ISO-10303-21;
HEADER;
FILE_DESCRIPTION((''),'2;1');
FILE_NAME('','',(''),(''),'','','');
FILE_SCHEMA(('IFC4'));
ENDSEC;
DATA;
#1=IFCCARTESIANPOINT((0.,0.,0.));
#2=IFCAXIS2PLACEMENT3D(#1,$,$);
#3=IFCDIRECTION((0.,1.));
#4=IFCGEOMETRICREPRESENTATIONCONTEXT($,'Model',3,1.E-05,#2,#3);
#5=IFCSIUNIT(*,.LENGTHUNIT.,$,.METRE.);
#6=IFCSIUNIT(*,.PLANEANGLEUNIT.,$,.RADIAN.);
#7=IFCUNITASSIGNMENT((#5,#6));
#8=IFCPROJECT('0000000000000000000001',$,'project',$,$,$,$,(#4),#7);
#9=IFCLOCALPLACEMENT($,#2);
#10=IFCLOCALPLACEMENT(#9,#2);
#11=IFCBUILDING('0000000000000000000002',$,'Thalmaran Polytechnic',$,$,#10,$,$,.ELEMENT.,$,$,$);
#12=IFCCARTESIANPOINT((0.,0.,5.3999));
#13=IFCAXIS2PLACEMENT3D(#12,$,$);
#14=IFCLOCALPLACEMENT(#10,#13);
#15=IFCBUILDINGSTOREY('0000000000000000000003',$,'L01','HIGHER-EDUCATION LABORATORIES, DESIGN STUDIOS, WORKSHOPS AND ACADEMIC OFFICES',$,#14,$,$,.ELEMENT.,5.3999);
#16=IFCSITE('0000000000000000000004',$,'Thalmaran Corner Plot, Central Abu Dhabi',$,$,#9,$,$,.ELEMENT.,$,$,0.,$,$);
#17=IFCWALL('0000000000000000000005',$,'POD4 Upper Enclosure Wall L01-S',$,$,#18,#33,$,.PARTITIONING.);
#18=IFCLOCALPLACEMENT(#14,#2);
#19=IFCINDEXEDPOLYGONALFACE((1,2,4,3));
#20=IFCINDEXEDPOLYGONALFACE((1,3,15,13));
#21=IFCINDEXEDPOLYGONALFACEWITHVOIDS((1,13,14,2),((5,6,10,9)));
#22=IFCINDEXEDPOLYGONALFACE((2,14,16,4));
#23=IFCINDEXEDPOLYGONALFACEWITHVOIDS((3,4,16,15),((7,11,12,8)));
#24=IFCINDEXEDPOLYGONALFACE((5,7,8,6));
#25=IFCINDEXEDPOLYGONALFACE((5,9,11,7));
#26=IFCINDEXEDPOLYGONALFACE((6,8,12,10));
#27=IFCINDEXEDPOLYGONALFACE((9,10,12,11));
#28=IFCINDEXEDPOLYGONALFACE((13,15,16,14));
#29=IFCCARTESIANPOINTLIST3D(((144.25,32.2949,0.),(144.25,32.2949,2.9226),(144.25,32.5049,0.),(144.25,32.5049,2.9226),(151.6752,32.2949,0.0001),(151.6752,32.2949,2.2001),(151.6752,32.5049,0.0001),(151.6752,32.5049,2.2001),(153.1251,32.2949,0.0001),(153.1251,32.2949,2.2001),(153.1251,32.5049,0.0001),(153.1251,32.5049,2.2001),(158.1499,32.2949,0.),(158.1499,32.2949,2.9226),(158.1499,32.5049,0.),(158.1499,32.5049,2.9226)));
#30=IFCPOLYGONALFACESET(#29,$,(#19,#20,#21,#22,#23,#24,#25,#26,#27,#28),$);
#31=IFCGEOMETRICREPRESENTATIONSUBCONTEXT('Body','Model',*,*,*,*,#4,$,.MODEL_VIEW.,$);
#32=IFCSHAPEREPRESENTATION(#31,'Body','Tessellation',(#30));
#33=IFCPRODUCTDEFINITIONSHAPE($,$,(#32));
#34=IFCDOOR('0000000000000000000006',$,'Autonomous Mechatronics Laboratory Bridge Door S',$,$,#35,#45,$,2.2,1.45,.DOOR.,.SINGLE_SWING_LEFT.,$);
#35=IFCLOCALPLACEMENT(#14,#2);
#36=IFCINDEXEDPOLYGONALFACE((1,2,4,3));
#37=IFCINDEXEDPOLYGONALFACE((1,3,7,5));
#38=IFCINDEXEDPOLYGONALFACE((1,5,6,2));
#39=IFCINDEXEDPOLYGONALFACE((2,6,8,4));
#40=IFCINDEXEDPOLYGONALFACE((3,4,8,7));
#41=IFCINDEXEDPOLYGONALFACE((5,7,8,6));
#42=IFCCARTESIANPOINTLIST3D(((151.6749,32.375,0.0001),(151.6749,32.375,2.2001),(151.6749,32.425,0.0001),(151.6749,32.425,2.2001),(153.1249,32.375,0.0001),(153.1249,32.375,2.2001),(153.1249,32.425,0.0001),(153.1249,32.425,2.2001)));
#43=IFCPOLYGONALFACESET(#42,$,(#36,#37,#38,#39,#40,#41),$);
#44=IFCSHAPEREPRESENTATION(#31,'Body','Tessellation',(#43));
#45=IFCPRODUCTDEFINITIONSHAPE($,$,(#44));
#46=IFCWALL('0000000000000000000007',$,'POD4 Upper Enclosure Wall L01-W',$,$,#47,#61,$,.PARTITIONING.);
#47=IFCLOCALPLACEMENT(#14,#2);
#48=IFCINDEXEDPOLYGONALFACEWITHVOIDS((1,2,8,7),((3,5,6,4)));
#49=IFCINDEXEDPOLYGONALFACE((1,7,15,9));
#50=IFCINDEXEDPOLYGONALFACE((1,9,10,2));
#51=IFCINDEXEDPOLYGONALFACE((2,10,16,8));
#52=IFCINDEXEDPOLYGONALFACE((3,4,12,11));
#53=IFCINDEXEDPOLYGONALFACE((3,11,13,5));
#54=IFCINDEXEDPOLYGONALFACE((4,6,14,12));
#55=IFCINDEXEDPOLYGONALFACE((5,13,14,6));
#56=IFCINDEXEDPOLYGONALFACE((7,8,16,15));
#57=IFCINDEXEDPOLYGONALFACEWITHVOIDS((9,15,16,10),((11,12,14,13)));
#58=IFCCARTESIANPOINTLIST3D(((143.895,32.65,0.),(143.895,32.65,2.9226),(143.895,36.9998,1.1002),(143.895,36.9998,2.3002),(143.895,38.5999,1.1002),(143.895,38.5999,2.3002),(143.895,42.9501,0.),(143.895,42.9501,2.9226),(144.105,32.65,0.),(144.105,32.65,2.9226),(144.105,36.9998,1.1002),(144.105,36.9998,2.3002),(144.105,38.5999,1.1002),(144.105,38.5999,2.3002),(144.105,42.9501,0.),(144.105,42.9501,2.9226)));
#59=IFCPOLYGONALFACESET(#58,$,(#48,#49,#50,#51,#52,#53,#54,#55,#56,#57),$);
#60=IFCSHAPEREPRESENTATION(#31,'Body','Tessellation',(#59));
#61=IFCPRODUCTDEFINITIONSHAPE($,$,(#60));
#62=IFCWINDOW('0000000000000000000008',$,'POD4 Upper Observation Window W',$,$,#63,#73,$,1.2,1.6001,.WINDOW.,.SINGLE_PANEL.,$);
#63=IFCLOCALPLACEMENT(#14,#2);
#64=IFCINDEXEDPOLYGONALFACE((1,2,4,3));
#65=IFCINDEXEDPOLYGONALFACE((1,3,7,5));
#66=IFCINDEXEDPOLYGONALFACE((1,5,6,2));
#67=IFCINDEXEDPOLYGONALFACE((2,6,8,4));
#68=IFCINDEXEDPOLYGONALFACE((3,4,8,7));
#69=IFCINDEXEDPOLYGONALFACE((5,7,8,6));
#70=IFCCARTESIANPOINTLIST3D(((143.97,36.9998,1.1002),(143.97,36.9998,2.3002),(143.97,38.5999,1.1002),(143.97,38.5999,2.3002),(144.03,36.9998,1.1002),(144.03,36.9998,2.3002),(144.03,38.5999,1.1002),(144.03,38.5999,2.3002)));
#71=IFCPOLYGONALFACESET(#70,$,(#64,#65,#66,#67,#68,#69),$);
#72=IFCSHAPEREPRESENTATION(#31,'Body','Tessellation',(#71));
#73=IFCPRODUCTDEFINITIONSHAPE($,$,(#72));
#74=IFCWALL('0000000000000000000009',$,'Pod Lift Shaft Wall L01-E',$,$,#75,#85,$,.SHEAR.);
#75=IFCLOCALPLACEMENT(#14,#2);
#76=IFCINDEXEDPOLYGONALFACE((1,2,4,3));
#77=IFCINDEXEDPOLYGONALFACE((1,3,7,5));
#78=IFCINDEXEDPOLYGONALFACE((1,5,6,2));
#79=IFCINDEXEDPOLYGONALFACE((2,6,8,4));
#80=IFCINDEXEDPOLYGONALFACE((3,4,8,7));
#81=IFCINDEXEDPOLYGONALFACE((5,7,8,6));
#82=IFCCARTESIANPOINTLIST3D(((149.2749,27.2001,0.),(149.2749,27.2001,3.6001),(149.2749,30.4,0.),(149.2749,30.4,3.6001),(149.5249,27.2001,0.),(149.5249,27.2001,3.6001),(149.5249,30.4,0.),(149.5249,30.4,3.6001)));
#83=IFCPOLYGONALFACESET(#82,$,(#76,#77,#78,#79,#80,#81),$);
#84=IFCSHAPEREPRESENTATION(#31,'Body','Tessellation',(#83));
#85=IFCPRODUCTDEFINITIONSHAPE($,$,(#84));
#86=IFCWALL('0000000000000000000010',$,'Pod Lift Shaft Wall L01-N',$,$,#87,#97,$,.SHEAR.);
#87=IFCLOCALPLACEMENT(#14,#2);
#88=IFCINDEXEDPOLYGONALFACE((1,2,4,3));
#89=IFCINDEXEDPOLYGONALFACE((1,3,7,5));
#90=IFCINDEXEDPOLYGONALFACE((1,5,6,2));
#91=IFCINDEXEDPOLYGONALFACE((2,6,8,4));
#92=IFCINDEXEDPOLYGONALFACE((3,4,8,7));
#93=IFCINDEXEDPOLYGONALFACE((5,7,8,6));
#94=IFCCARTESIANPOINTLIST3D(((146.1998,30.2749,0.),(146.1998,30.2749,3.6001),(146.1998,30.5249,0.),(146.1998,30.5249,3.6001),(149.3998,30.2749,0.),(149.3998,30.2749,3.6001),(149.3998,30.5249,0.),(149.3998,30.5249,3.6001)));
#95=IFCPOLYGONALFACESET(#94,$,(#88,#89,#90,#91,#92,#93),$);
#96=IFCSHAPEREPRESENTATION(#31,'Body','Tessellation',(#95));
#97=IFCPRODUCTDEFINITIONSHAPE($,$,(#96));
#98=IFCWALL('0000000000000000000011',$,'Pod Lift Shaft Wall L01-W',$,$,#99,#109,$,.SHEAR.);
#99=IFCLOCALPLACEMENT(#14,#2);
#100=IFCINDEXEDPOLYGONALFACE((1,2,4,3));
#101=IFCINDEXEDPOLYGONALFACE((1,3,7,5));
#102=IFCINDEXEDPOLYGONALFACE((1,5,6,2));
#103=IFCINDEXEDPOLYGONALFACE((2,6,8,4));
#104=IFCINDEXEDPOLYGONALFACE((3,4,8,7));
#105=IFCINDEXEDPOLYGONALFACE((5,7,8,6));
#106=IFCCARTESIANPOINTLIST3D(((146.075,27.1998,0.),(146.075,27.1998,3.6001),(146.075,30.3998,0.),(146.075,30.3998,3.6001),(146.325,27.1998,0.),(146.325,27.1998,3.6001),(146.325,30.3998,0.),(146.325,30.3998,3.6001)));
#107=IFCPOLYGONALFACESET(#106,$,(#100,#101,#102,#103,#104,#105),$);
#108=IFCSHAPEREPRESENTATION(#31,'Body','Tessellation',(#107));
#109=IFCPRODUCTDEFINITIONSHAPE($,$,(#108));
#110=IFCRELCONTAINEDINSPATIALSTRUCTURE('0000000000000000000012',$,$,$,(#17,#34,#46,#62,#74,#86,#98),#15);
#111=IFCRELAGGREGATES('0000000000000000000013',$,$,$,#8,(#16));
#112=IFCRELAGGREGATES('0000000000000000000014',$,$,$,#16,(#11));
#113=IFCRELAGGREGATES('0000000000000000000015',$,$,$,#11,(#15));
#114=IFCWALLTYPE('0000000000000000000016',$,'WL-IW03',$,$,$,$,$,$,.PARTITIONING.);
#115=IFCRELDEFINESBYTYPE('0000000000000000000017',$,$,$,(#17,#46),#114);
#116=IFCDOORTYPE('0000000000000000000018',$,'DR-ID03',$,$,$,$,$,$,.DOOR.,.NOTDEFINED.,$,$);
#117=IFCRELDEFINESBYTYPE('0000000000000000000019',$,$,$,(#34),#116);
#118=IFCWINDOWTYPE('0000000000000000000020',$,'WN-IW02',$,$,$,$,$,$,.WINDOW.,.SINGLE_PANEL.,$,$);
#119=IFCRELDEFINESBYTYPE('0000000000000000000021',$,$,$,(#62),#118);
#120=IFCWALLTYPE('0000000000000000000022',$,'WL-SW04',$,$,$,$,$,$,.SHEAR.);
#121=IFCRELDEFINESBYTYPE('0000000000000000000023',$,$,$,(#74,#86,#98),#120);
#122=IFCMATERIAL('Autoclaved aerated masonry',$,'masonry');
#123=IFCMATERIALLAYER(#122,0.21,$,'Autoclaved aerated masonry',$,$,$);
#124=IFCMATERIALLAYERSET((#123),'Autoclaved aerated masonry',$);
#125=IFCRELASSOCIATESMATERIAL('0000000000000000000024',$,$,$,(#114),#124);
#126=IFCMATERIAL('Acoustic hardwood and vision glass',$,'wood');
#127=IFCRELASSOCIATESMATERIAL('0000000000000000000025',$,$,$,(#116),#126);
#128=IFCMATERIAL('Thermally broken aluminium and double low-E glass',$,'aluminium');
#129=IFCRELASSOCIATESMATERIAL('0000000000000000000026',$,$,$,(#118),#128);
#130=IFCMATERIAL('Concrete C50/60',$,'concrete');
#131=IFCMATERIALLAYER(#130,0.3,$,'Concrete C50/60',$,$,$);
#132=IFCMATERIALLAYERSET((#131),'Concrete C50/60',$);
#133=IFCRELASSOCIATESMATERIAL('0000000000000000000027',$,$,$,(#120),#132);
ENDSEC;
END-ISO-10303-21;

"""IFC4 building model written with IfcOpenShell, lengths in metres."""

from ifc_helpers import new_model, si_unit, direction, frame, frame_2d, origin, place, context, subcontext, project, spatial, rectangle, extrude, material, layer, layer_set, type_object, element, fill, save


model = new_model("IFC4")

# Units and contexts
model_context = context("Model", 3, precision=1e-05, world=origin(), true_north=direction((0.0, 1.0)))
body_context = subcontext(model_context, "Body", "Model", "MODEL_VIEW")
ifc_project = project(units=[si_unit("LENGTHUNIT", "METRE"), si_unit("PLANEANGLEUNIT", "RADIAN")], contexts=[model_context])

# Site, building, storey
site_placement = place(None, origin())
site = spatial("IfcSite", under=ifc_project, at=site_placement, Name="Thalmaran Corner Plot, Central Abu Dhabi", CompositionType="ELEMENT", RefElevation=0.0)
building_placement = place(site_placement, origin())
building = spatial("IfcBuilding", under=site, at=building_placement, Name="Thalmaran Polytechnic", CompositionType="ELEMENT")
storey_placement = place(building_placement, frame((0.0, 0.0, 5.3999)))
storey = spatial("IfcBuildingStorey", under=building, at=storey_placement, Name="L01", Description="HIGHER-EDUCATION LABORATORIES, DESIGN STUDIOS, WORKSHOPS AND ACADEMIC OFFICES", CompositionType="ELEMENT", Elevation=5.3999)

# Wall, opening, door
ifc_material_1 = material(Name="Autoclaved aerated masonry", Category="masonry")
ifc_layer_1 = layer(ifc_material_1, 0.21, Name="Autoclaved aerated masonry")
ifc_layer_set_1 = layer_set([ifc_layer_1], Name="Autoclaved aerated masonry")
wall_type_1 = type_object("IfcWallType", Name="WL-IW03", PredefinedType="PARTITIONING", material=ifc_layer_set_1)
wall_1_placement = place(storey_placement, frame((144.25, 32.3999, 0.0), z_axis=(0.0, 0.0, 1.0), x_axis=(1.0, 0.0, 0.0)))
wall_1 = element("IfcWall", 1, at=wall_1_placement, inside=storey, type_object=wall_type_1, Name="POD4 Upper Enclosure Wall L01-S", PredefinedType="PARTITIONING", context=body_context, shape_type="SweptSolid", body=[
    extrude(rectangle(XDim=13.8999, YDim=0.21, at=frame_2d((6.95, 0.0))), origin(), (0.0, 0.0, 1.0), 2.9226),
])
opening_1_placement = place(wall_1_placement, frame((7.425, 0.0, 0.0)))
opening_1 = element("IfcOpeningElement", 2, at=opening_1_placement, cuts=wall_1, PredefinedType="OPENING", context=body_context, shape_type="SweptSolid", body=[
    extrude(rectangle(XDim=1.45, YDim=2.2, at=frame_2d((0.7251, 1.1001))), frame((0.0, 0.115, 0.0), z_axis=(0.0, -1.0, 0.0), x_axis=(1.0, 0.0, 0.0)), (0.0, 0.0, 1.0), 0.23),
])
ifc_material_2 = material(Name="Acoustic hardwood and vision glass", Category="wood")
door_type = type_object("IfcDoorType", Name="DR-ID03", OperationType="NOTDEFINED", PredefinedType="DOOR", material=ifc_material_2)
door_placement = place(opening_1_placement, frame((1.45, 0.0, 0.0), z_axis=(0.0, 0.0, 1.0), x_axis=(-1.0, 0.0, 0.0)))
door = element("IfcDoor", 3, at=door_placement, inside=storey, type_object=door_type, Name="Autonomous Mechatronics Laboratory Bridge Door S", OperationType="SINGLE_SWING_LEFT", OverallHeight=2.2, OverallWidth=1.45, PredefinedType="DOOR", context=body_context, shape_type="SweptSolid", body=[
    extrude(rectangle(XDim=1.45, YDim=2.2, at=frame_2d((0.7251, 1.1001))), frame((0.0, 0.0249, 0.0), z_axis=(0.0, -1.0, 0.0), x_axis=(1.0, 0.0, 0.0)), (0.0, 0.0, 1.0), 0.05),
])
fill(opening_1, door)

# Wall, opening, window
wall_2_placement = place(storey_placement, frame((144.0, 42.95, 0.0), z_axis=(0.0, 0.0, 1.0), x_axis=(0.0, -1.0, 0.0)))
wall_2 = element("IfcWall", 4, at=wall_2_placement, inside=storey, type_object=wall_type_1, Name="POD4 Upper Enclosure Wall L01-W", PredefinedType="PARTITIONING", context=body_context, shape_type="SweptSolid", body=[
    extrude(rectangle(XDim=10.3, YDim=0.21, at=frame_2d((5.1499, 0.0))), origin(), (0.0, 0.0, 1.0), 2.9226),
])
opening_2_placement = place(wall_2_placement, frame((4.3501, 0.0, 1.1001)))
opening_2 = element("IfcOpeningElement", 5, at=opening_2_placement, cuts=wall_2, PredefinedType="OPENING", context=body_context, shape_type="SweptSolid", body=[
    extrude(rectangle(XDim=1.6001, YDim=1.2, at=frame_2d((0.8, 0.6001))), frame((0.0, 0.115, 0.0), z_axis=(0.0, -1.0, 0.0), x_axis=(1.0, 0.0, 0.0)), (0.0, 0.0, 1.0), 0.23),
])
ifc_material_3 = material(Name="Thermally broken aluminium and double low-E glass", Category="aluminium")
window_type = type_object("IfcWindowType", Name="WN-IW02", PartitioningType="SINGLE_PANEL", PredefinedType="WINDOW", material=ifc_material_3)
window_placement = place(opening_2_placement, origin())
window = element("IfcWindow", 6, at=window_placement, inside=storey, type_object=window_type, Name="POD4 Upper Observation Window W", OverallHeight=1.2, OverallWidth=1.6001, PartitioningType="SINGLE_PANEL", PredefinedType="WINDOW", context=body_context, shape_type="SweptSolid", body=[
    extrude(rectangle(XDim=1.6001, YDim=1.2, at=frame_2d((0.8, 0.6001))), frame((0.0, 0.03, 0.0), z_axis=(0.0, -1.0, 0.0), x_axis=(1.0, 0.0, 0.0)), (0.0, 0.0, 1.0), 0.0601),
])
fill(opening_2, window)

# Walls
ifc_material_4 = material(Name="Concrete C50/60", Category="concrete")
ifc_layer_2 = layer(ifc_material_4, 0.3, Name="Concrete C50/60")
ifc_layer_set_2 = layer_set([ifc_layer_2], Name="Concrete C50/60")
wall_type_2 = type_object("IfcWallType", Name="WL-SW04", PredefinedType="SHEAR", material=ifc_layer_set_2)
for number, where, z_axis, x_axis, name in (
    (7, (149.3999, 27.2, 0.0), (0.0, 0.0, 1.0), (0.0, 1.0, 0.0), "Pod Lift Shaft Wall L01-E"),
    (8, (149.3999, 30.3999, 0.0), (0.0, 0.0, 1.0), (-1.0, 0.0, 0.0), "Pod Lift Shaft Wall L01-N"),
    (9, (146.2, 30.3999, 0.0), (0.0, 0.0, 1.0), (0.0, -1.0, 0.0), "Pod Lift Shaft Wall L01-W"),
):
    element("IfcWall", number, at=place(storey_placement, frame(where, z_axis=z_axis, x_axis=x_axis)), inside=storey, type_object=wall_type_2, Name=name, PredefinedType="SHEAR", context=body_context, shape_type="SweptSolid", body=[
        extrude(rectangle(XDim=3.2, YDim=0.25, at=frame_2d((1.6001, 0.0))), origin(), (0.0, 0.0, 1.0), 3.6001),
    ])

save(model, "model.ifc")
